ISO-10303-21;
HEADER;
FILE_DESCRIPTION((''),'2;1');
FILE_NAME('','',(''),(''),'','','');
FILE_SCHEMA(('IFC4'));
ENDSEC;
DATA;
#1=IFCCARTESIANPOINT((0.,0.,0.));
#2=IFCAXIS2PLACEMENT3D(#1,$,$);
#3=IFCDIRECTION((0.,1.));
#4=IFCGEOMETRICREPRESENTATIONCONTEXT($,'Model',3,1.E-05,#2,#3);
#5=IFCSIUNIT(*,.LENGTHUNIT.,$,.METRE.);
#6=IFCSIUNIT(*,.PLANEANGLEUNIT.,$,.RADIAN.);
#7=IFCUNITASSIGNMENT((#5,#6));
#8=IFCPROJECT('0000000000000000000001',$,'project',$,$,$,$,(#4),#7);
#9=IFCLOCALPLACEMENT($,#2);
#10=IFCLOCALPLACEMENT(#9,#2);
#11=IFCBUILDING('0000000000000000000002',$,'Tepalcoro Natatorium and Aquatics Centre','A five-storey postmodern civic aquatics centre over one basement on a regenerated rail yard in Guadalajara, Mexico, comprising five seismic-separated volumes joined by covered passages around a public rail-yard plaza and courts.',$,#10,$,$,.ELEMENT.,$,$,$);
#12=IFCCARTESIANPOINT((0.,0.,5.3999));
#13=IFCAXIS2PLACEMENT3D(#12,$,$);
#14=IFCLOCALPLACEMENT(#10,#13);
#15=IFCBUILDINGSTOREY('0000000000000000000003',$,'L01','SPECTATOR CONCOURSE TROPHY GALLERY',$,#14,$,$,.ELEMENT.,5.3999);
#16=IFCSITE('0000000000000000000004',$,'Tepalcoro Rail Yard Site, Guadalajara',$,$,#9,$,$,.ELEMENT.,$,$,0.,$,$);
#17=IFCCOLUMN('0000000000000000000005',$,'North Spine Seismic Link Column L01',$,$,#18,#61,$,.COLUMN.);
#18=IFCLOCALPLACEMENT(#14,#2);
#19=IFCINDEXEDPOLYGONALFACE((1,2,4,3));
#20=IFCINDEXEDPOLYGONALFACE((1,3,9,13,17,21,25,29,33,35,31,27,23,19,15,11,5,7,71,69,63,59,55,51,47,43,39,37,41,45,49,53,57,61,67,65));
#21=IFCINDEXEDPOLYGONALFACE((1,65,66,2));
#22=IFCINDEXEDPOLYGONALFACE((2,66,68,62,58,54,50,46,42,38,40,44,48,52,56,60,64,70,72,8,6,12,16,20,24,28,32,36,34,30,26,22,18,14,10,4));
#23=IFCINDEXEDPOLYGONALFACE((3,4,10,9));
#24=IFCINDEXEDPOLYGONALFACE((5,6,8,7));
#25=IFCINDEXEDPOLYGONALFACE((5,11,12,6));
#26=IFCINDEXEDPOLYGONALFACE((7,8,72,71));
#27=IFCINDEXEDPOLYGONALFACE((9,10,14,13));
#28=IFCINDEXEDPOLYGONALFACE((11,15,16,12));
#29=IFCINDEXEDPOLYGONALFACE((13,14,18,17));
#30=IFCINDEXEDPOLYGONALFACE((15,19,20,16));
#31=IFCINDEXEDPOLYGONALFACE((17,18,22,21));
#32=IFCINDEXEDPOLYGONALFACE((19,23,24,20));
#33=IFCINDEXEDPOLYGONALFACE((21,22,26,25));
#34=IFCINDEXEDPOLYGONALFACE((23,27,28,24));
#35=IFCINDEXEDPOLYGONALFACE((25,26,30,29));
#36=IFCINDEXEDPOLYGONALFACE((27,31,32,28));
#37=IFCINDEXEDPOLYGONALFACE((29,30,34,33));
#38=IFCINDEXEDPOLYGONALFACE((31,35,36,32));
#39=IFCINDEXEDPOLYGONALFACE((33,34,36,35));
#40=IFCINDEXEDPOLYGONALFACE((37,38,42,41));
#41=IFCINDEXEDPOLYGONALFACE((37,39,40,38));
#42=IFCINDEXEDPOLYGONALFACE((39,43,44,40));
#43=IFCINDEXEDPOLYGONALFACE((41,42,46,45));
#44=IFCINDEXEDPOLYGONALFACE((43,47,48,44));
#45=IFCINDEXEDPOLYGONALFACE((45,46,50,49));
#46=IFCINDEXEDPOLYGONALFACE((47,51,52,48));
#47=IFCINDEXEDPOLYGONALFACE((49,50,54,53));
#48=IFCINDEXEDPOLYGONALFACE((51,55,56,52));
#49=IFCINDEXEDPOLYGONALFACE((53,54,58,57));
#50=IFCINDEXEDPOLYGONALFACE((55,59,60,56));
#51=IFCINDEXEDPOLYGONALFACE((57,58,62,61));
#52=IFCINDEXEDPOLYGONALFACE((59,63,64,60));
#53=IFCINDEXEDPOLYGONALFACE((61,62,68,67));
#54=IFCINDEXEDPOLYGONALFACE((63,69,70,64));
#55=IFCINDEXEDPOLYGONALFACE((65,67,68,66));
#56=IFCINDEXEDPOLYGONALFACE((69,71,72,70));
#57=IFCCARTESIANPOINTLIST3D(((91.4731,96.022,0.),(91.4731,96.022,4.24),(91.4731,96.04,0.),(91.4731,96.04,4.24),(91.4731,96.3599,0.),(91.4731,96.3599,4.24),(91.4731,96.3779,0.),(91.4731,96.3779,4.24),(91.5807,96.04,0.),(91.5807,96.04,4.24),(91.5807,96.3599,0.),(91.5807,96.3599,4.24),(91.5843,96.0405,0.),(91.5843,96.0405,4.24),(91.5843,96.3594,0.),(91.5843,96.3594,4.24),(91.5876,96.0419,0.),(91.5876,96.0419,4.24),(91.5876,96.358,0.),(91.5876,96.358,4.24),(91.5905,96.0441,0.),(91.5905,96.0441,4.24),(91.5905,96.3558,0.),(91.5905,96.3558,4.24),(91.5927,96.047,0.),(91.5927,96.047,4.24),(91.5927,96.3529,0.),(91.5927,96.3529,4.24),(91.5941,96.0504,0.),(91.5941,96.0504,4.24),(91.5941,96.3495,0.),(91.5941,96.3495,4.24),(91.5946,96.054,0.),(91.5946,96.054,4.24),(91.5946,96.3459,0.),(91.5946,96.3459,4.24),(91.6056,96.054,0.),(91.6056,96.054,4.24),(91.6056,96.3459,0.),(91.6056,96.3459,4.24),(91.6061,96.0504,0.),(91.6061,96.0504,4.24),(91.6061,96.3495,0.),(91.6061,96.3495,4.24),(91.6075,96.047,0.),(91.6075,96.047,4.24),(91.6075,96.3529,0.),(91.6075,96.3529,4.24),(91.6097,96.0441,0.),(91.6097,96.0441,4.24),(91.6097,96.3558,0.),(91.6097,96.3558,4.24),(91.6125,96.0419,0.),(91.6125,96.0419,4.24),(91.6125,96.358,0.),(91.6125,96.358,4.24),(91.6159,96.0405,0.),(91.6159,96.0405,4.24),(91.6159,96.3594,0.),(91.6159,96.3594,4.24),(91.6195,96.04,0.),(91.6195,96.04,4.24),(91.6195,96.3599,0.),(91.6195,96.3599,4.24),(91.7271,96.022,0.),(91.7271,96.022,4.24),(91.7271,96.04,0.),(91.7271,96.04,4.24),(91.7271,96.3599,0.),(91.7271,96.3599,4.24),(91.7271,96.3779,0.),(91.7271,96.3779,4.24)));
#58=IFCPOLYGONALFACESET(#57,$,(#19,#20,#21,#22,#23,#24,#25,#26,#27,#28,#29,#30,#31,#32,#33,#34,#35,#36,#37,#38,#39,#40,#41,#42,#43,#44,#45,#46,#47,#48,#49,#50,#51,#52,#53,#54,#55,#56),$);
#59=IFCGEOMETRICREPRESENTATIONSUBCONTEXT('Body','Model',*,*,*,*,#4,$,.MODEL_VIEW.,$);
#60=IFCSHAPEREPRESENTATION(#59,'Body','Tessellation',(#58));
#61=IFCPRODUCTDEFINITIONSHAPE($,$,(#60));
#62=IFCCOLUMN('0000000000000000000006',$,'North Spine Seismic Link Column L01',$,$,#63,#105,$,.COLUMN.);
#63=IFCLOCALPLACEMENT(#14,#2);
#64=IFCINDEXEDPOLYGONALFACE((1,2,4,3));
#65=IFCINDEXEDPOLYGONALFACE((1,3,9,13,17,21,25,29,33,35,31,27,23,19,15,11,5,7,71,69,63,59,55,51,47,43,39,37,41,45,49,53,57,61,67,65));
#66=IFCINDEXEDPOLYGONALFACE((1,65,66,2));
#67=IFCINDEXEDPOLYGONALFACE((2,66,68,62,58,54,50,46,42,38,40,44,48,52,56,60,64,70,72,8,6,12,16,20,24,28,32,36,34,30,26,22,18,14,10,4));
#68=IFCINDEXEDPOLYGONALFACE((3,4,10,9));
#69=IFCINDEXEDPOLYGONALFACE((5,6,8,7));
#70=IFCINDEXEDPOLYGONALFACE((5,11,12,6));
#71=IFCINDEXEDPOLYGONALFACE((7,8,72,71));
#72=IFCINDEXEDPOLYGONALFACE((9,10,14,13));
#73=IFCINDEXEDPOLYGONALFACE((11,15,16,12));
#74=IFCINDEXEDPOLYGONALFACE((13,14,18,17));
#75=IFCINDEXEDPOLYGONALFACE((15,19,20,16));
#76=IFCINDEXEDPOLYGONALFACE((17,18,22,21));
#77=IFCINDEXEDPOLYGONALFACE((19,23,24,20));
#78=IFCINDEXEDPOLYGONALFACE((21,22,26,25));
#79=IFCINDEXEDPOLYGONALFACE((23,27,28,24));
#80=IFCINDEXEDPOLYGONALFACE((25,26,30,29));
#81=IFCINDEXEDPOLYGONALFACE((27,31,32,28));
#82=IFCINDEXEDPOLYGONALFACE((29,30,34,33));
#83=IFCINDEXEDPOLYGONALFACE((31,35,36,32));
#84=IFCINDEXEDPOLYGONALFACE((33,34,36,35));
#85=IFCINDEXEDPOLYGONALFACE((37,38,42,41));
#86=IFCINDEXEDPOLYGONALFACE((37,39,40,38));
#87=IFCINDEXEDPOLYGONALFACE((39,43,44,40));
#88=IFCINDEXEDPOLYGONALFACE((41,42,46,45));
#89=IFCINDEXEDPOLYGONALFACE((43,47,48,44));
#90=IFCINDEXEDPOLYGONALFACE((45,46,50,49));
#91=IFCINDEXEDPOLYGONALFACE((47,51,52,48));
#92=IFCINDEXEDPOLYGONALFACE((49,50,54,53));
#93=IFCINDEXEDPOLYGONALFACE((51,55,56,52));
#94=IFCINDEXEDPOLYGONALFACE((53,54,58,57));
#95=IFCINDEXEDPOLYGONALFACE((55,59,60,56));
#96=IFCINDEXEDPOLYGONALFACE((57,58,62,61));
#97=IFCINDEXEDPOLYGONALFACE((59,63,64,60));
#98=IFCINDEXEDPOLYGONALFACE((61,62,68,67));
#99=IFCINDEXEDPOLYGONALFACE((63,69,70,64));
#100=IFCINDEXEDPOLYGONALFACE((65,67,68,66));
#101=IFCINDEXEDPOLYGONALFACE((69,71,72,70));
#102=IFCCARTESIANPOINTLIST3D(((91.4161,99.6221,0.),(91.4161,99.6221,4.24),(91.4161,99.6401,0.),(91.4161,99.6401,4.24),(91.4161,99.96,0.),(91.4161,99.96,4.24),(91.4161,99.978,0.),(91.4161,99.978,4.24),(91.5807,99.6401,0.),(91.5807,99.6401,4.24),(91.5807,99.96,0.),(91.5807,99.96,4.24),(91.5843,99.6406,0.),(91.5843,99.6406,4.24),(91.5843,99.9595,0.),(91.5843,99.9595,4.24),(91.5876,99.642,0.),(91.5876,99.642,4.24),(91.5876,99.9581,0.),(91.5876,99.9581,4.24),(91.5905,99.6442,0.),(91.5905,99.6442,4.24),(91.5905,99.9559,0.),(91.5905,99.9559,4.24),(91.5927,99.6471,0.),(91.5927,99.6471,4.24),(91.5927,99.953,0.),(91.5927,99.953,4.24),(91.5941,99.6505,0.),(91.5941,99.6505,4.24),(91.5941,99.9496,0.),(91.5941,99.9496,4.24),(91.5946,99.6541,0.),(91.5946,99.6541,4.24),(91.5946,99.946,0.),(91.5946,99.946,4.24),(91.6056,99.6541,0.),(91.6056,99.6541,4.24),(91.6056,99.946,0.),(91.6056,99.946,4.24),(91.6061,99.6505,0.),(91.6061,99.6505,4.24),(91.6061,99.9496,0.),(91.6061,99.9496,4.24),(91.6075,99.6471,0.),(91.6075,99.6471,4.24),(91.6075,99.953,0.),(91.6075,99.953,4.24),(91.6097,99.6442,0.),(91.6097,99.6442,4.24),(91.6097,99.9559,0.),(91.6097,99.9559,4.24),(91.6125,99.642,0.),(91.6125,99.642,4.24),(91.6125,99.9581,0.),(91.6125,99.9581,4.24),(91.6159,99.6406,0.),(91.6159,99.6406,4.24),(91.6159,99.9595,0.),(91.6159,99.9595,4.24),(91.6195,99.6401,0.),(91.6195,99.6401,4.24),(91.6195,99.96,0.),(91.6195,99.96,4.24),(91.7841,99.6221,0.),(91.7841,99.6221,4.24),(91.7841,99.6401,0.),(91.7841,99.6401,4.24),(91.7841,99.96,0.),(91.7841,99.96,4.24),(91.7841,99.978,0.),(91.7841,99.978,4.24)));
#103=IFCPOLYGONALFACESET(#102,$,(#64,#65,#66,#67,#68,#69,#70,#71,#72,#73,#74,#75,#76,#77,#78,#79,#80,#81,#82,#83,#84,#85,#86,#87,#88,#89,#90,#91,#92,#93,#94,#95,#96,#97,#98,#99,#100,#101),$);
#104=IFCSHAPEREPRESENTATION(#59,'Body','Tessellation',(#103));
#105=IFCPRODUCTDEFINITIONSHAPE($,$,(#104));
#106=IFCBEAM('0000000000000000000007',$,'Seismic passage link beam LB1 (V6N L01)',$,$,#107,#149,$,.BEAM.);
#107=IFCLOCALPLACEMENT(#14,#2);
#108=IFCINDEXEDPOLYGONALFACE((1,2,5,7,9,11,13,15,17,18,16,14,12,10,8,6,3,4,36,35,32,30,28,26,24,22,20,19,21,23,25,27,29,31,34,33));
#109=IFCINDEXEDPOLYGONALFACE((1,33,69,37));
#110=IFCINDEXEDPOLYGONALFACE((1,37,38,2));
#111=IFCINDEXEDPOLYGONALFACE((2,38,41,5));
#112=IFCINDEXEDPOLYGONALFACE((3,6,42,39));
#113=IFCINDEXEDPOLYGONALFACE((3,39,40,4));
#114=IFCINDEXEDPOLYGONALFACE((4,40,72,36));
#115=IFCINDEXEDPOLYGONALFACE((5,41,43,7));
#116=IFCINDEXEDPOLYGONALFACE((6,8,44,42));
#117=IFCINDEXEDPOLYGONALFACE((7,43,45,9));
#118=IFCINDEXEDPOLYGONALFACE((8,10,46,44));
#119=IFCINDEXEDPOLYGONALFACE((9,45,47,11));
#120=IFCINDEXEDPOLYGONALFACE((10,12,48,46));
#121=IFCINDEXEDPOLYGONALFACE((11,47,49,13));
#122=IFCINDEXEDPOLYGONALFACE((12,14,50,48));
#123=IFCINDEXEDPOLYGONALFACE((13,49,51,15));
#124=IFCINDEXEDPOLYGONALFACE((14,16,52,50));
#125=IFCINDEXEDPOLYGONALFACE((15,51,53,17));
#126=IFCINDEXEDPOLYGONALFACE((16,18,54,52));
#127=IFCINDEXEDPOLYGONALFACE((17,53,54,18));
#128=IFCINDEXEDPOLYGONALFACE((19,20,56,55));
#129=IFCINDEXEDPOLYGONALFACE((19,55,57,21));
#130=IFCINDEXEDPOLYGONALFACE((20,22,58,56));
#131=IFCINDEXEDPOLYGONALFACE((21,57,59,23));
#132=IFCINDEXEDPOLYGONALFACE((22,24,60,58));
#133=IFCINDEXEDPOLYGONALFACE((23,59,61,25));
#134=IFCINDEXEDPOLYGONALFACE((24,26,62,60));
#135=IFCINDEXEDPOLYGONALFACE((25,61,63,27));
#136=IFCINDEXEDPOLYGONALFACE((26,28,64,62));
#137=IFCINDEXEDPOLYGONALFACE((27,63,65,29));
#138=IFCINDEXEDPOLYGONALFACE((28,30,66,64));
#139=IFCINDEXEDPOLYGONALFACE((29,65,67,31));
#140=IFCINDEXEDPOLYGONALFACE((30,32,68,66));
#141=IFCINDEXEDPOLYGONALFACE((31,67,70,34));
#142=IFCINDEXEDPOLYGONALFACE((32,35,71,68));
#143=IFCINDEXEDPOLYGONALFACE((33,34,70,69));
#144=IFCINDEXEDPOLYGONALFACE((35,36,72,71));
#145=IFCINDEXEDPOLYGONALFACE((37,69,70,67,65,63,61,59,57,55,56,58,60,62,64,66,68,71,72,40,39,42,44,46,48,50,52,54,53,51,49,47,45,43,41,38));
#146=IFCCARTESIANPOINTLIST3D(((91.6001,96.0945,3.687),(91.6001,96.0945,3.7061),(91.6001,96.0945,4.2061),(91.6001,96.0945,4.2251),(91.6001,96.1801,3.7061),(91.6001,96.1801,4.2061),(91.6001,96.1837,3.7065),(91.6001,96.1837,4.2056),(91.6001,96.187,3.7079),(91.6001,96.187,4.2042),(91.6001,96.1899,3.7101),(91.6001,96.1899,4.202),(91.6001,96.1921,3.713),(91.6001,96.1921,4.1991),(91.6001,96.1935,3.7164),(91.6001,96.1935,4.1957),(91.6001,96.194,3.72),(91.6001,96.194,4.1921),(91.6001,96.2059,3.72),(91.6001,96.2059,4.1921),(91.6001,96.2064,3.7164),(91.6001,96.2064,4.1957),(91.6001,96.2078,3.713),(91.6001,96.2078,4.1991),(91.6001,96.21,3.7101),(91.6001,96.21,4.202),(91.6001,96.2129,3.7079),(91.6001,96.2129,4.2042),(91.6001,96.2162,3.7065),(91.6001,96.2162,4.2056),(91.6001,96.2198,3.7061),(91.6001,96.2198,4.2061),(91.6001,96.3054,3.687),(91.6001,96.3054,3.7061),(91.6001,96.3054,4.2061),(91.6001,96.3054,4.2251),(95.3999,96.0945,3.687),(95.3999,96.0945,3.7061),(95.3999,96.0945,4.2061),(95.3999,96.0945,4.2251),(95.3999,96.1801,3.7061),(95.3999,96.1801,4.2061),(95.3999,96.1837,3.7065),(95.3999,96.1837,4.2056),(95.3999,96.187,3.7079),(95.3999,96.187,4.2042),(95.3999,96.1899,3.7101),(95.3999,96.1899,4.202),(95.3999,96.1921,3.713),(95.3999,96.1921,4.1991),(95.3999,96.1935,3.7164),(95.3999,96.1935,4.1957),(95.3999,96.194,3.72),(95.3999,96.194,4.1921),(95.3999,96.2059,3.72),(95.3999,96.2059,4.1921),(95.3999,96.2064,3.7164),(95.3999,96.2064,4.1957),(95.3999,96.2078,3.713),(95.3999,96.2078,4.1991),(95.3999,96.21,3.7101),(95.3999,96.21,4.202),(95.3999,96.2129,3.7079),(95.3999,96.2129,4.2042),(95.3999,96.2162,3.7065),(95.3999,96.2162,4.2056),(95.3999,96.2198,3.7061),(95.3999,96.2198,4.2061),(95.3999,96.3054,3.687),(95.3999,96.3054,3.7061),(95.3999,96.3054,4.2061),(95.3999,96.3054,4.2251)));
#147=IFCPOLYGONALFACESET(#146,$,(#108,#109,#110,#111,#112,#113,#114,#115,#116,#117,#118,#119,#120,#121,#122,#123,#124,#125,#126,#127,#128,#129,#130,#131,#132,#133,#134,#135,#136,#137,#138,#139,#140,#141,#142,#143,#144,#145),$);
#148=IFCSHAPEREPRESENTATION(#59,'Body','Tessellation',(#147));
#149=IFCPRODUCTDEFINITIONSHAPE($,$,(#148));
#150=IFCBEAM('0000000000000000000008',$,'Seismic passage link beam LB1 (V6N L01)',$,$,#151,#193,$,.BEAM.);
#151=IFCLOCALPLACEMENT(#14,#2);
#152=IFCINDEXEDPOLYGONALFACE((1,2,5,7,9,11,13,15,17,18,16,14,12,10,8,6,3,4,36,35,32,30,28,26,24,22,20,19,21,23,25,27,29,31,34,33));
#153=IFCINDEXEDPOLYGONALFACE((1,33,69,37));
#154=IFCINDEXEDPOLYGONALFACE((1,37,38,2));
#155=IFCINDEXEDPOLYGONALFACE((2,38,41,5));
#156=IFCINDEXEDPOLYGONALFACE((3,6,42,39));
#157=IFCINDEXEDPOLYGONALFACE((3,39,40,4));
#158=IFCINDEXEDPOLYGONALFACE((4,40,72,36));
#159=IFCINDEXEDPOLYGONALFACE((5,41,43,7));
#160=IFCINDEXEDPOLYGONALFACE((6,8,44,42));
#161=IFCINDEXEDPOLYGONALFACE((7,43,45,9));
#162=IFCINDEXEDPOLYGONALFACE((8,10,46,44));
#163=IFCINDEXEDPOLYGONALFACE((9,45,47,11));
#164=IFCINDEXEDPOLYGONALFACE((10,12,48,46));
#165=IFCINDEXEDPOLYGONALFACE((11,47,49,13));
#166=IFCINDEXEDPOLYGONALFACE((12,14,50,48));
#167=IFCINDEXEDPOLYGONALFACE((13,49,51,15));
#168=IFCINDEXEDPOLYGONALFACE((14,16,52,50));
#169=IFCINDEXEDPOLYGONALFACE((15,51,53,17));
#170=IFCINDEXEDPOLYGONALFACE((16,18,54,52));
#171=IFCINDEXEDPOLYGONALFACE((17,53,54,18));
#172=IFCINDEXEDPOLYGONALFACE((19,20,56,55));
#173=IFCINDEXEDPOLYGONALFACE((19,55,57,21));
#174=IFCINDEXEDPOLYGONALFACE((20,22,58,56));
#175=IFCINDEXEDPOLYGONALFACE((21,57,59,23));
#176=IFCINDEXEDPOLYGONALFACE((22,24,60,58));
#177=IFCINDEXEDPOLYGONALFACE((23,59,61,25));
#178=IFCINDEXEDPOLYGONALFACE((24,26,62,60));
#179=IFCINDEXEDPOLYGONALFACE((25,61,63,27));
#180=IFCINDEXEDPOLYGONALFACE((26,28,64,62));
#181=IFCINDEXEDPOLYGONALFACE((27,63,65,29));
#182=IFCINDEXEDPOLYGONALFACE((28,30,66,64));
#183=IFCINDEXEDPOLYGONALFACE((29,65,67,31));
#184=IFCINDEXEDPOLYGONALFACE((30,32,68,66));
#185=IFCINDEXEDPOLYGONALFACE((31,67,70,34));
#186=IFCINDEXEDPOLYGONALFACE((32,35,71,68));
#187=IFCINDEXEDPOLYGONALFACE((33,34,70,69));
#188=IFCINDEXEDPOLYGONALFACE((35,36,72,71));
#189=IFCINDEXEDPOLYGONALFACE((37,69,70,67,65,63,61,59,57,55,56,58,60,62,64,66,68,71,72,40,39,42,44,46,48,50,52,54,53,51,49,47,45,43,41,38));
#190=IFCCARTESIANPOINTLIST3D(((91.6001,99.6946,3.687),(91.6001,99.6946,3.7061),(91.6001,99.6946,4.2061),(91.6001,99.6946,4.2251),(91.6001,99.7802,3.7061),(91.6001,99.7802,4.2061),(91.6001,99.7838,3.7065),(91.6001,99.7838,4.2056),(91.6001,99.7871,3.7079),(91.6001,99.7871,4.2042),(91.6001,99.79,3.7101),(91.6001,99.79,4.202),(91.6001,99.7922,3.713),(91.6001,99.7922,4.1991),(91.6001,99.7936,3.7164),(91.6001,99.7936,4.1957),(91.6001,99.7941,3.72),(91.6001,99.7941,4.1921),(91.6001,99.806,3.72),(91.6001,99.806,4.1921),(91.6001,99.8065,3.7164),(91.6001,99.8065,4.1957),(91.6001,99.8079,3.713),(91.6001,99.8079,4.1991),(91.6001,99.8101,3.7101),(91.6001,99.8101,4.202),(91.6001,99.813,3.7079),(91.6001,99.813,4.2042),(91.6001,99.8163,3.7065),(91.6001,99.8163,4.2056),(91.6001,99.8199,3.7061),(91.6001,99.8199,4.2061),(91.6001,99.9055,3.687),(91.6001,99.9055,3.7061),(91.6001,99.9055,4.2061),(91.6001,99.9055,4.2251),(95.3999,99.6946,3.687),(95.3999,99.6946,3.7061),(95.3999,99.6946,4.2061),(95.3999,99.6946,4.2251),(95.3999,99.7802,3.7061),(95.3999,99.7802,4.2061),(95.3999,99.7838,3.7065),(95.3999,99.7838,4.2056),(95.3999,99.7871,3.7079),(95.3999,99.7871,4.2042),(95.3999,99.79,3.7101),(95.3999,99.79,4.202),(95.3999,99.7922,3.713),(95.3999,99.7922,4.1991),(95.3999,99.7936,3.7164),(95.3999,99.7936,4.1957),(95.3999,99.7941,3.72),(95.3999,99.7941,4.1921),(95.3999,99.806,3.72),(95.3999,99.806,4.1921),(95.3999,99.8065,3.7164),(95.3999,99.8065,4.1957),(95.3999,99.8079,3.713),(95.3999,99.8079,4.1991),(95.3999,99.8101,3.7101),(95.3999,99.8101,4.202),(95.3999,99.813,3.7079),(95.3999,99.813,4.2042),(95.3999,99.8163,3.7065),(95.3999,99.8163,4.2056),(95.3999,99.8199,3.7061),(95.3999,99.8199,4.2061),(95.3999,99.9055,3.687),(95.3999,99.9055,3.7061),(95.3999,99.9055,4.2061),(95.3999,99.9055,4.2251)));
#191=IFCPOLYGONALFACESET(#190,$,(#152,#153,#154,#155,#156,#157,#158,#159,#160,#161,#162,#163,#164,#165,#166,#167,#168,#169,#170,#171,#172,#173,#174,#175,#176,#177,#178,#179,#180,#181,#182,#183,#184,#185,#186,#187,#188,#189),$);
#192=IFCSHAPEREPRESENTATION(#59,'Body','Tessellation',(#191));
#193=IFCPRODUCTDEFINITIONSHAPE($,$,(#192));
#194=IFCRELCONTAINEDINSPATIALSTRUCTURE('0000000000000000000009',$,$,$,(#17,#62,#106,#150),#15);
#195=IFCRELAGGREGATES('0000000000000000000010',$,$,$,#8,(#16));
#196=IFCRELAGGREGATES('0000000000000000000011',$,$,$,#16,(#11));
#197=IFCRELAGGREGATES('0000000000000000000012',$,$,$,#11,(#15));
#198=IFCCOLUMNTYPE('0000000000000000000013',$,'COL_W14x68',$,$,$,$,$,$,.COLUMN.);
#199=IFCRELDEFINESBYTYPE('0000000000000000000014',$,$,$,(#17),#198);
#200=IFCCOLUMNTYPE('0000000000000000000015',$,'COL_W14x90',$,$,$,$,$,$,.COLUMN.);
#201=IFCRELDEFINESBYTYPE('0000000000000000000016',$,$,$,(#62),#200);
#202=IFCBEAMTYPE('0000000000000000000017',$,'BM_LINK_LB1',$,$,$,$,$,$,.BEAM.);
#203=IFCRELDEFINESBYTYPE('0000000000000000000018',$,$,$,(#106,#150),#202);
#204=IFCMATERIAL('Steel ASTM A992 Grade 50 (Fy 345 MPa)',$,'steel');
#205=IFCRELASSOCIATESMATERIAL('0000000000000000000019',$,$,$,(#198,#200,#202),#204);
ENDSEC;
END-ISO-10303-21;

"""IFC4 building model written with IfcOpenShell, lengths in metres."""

from ifc_helpers import new_model, si_unit, direction, frame, origin, origin_2d, place, context, subcontext, project, spatial, i_section, extrude, material, material_profile, profile_set, type_object, element, save


model = new_model("IFC4")

# Units and contexts
model_context = context("Model", 3, precision=1e-05, world=origin(), true_north=direction((0.0, 1.0)))
body_context = subcontext(model_context, "Body", "Model", "MODEL_VIEW")
ifc_project = project(units=[si_unit("LENGTHUNIT", "METRE"), si_unit("PLANEANGLEUNIT", "RADIAN")], contexts=[model_context])

# Site, building, storey
site_placement = place(None, origin())
site = spatial("IfcSite", under=ifc_project, at=site_placement, Name="Tepalcoro Rail Yard Site, Guadalajara", CompositionType="ELEMENT", RefElevation=0.0)
building_placement = place(site_placement, origin())
building = spatial("IfcBuilding", under=site, at=building_placement, Name="Tepalcoro Natatorium and Aquatics Centre", Description="A five-storey postmodern civic aquatics centre over one basement on a regenerated rail yard in Guadalajara, Mexico, comprising five seismic-separated volumes joined by covered passages around a public rail-yard plaza and courts.", CompositionType="ELEMENT")
storey_placement = place(building_placement, frame((0.0, 0.0, 5.3999)))
storey = spatial("IfcBuildingStorey", under=building, at=storey_placement, Name="L01", Description="SPECTATOR CONCOURSE TROPHY GALLERY", CompositionType="ELEMENT", Elevation=5.3999)

# Columns
ifc_material_1 = material(Name="Steel ASTM A992 Grade 50 (Fy 345 MPa)", Category="steel")
ifc_material_profile_1 = material_profile(ifc_material_1, i_section(OverallWidth=0.2539, OverallDepth=0.356, WebThickness=0.011, FlangeThickness=0.0181, FilletRadius=0.0139, at=origin_2d()), Name="W14X68")
ifc_profile_set_1 = profile_set([ifc_material_profile_1], Name="Steel ASTM A992 Grade 50 (Fy 345 MPa)")
column_type_1 = type_object("IfcColumnType", Name="COL_W14x68", PredefinedType="COLUMN", material=ifc_profile_set_1)
column_1_placement = place(storey_placement, frame((91.6001, 96.2, 0.0), z_axis=(0.0, 0.0, 1.0), x_axis=(1.0, 0.0, 0.0)))
element("IfcColumn", 1, at=column_1_placement, inside=storey, type_object=column_type_1, Name="North Spine Seismic Link Column L01", PredefinedType="COLUMN", context=body_context, shape_type="SweptSolid", body=[
    extrude(i_section(OverallWidth=0.2539, OverallDepth=0.356, WebThickness=0.011, FlangeThickness=0.0181, FilletRadius=0.0139, at=origin_2d()), origin(), (0.0, 0.0, 1.0), 4.24),
])
ifc_material_profile_2 = material_profile(ifc_material_1, i_section(OverallWidth=0.3679, OverallDepth=0.356, WebThickness=0.011, FlangeThickness=0.0181, FilletRadius=0.0139, at=origin_2d()), Name="W14X90")
ifc_profile_set_2 = profile_set([ifc_material_profile_2], Name="Steel ASTM A992 Grade 50 (Fy 345 MPa)")
column_type_2 = type_object("IfcColumnType", Name="COL_W14x90", PredefinedType="COLUMN", material=ifc_profile_set_2)
column_2_placement = place(storey_placement, frame((91.6001, 99.8, 0.0), z_axis=(0.0, 0.0, 1.0), x_axis=(1.0, 0.0, 0.0)))
element("IfcColumn", 2, at=column_2_placement, inside=storey, type_object=column_type_2, Name="North Spine Seismic Link Column L01", PredefinedType="COLUMN", context=body_context, shape_type="SweptSolid", body=[
    extrude(i_section(OverallWidth=0.3679, OverallDepth=0.356, WebThickness=0.011, FlangeThickness=0.0181, FilletRadius=0.0139, at=origin_2d()), origin(), (0.0, 0.0, 1.0), 4.24),
])

# Beams
ifc_material_profile_3 = material_profile(ifc_material_1, i_section(OverallWidth=0.2109, OverallDepth=0.5381, WebThickness=0.012, FlangeThickness=0.019, FilletRadius=0.0139, at=origin_2d()), Name="W21X73")
ifc_profile_set_3 = profile_set([ifc_material_profile_3], Name="Steel ASTM A992 Grade 50 (Fy 345 MPa)")
beam_type = type_object("IfcBeamType", Name="BM_LINK_LB1", PredefinedType="BEAM", material=ifc_profile_set_3)
for number, where, z_axis, x_axis, name in (
    (3, (91.6001, 96.2, 3.9561), (1.0, 0.0, 0.0), (0.0, 1.0, 0.0), "Seismic passage link beam LB1 (V6N L01)"),
    (4, (91.6001, 99.8, 3.9561), (1.0, 0.0, 0.0), (0.0, 1.0, 0.0), "Seismic passage link beam LB1 (V6N L01)"),
):
    element("IfcBeam", number, at=place(storey_placement, frame(where, z_axis=z_axis, x_axis=x_axis)), inside=storey, type_object=beam_type, Name=name, PredefinedType="BEAM", context=body_context, shape_type="SweptSolid", body=[
        extrude(i_section(OverallWidth=0.2109, OverallDepth=0.5381, WebThickness=0.012, FlangeThickness=0.019, FilletRadius=0.0139, at=origin_2d()), origin(), (0.0, 0.0, 1.0), 3.7998),
    ])

save(model, "model.ifc")
